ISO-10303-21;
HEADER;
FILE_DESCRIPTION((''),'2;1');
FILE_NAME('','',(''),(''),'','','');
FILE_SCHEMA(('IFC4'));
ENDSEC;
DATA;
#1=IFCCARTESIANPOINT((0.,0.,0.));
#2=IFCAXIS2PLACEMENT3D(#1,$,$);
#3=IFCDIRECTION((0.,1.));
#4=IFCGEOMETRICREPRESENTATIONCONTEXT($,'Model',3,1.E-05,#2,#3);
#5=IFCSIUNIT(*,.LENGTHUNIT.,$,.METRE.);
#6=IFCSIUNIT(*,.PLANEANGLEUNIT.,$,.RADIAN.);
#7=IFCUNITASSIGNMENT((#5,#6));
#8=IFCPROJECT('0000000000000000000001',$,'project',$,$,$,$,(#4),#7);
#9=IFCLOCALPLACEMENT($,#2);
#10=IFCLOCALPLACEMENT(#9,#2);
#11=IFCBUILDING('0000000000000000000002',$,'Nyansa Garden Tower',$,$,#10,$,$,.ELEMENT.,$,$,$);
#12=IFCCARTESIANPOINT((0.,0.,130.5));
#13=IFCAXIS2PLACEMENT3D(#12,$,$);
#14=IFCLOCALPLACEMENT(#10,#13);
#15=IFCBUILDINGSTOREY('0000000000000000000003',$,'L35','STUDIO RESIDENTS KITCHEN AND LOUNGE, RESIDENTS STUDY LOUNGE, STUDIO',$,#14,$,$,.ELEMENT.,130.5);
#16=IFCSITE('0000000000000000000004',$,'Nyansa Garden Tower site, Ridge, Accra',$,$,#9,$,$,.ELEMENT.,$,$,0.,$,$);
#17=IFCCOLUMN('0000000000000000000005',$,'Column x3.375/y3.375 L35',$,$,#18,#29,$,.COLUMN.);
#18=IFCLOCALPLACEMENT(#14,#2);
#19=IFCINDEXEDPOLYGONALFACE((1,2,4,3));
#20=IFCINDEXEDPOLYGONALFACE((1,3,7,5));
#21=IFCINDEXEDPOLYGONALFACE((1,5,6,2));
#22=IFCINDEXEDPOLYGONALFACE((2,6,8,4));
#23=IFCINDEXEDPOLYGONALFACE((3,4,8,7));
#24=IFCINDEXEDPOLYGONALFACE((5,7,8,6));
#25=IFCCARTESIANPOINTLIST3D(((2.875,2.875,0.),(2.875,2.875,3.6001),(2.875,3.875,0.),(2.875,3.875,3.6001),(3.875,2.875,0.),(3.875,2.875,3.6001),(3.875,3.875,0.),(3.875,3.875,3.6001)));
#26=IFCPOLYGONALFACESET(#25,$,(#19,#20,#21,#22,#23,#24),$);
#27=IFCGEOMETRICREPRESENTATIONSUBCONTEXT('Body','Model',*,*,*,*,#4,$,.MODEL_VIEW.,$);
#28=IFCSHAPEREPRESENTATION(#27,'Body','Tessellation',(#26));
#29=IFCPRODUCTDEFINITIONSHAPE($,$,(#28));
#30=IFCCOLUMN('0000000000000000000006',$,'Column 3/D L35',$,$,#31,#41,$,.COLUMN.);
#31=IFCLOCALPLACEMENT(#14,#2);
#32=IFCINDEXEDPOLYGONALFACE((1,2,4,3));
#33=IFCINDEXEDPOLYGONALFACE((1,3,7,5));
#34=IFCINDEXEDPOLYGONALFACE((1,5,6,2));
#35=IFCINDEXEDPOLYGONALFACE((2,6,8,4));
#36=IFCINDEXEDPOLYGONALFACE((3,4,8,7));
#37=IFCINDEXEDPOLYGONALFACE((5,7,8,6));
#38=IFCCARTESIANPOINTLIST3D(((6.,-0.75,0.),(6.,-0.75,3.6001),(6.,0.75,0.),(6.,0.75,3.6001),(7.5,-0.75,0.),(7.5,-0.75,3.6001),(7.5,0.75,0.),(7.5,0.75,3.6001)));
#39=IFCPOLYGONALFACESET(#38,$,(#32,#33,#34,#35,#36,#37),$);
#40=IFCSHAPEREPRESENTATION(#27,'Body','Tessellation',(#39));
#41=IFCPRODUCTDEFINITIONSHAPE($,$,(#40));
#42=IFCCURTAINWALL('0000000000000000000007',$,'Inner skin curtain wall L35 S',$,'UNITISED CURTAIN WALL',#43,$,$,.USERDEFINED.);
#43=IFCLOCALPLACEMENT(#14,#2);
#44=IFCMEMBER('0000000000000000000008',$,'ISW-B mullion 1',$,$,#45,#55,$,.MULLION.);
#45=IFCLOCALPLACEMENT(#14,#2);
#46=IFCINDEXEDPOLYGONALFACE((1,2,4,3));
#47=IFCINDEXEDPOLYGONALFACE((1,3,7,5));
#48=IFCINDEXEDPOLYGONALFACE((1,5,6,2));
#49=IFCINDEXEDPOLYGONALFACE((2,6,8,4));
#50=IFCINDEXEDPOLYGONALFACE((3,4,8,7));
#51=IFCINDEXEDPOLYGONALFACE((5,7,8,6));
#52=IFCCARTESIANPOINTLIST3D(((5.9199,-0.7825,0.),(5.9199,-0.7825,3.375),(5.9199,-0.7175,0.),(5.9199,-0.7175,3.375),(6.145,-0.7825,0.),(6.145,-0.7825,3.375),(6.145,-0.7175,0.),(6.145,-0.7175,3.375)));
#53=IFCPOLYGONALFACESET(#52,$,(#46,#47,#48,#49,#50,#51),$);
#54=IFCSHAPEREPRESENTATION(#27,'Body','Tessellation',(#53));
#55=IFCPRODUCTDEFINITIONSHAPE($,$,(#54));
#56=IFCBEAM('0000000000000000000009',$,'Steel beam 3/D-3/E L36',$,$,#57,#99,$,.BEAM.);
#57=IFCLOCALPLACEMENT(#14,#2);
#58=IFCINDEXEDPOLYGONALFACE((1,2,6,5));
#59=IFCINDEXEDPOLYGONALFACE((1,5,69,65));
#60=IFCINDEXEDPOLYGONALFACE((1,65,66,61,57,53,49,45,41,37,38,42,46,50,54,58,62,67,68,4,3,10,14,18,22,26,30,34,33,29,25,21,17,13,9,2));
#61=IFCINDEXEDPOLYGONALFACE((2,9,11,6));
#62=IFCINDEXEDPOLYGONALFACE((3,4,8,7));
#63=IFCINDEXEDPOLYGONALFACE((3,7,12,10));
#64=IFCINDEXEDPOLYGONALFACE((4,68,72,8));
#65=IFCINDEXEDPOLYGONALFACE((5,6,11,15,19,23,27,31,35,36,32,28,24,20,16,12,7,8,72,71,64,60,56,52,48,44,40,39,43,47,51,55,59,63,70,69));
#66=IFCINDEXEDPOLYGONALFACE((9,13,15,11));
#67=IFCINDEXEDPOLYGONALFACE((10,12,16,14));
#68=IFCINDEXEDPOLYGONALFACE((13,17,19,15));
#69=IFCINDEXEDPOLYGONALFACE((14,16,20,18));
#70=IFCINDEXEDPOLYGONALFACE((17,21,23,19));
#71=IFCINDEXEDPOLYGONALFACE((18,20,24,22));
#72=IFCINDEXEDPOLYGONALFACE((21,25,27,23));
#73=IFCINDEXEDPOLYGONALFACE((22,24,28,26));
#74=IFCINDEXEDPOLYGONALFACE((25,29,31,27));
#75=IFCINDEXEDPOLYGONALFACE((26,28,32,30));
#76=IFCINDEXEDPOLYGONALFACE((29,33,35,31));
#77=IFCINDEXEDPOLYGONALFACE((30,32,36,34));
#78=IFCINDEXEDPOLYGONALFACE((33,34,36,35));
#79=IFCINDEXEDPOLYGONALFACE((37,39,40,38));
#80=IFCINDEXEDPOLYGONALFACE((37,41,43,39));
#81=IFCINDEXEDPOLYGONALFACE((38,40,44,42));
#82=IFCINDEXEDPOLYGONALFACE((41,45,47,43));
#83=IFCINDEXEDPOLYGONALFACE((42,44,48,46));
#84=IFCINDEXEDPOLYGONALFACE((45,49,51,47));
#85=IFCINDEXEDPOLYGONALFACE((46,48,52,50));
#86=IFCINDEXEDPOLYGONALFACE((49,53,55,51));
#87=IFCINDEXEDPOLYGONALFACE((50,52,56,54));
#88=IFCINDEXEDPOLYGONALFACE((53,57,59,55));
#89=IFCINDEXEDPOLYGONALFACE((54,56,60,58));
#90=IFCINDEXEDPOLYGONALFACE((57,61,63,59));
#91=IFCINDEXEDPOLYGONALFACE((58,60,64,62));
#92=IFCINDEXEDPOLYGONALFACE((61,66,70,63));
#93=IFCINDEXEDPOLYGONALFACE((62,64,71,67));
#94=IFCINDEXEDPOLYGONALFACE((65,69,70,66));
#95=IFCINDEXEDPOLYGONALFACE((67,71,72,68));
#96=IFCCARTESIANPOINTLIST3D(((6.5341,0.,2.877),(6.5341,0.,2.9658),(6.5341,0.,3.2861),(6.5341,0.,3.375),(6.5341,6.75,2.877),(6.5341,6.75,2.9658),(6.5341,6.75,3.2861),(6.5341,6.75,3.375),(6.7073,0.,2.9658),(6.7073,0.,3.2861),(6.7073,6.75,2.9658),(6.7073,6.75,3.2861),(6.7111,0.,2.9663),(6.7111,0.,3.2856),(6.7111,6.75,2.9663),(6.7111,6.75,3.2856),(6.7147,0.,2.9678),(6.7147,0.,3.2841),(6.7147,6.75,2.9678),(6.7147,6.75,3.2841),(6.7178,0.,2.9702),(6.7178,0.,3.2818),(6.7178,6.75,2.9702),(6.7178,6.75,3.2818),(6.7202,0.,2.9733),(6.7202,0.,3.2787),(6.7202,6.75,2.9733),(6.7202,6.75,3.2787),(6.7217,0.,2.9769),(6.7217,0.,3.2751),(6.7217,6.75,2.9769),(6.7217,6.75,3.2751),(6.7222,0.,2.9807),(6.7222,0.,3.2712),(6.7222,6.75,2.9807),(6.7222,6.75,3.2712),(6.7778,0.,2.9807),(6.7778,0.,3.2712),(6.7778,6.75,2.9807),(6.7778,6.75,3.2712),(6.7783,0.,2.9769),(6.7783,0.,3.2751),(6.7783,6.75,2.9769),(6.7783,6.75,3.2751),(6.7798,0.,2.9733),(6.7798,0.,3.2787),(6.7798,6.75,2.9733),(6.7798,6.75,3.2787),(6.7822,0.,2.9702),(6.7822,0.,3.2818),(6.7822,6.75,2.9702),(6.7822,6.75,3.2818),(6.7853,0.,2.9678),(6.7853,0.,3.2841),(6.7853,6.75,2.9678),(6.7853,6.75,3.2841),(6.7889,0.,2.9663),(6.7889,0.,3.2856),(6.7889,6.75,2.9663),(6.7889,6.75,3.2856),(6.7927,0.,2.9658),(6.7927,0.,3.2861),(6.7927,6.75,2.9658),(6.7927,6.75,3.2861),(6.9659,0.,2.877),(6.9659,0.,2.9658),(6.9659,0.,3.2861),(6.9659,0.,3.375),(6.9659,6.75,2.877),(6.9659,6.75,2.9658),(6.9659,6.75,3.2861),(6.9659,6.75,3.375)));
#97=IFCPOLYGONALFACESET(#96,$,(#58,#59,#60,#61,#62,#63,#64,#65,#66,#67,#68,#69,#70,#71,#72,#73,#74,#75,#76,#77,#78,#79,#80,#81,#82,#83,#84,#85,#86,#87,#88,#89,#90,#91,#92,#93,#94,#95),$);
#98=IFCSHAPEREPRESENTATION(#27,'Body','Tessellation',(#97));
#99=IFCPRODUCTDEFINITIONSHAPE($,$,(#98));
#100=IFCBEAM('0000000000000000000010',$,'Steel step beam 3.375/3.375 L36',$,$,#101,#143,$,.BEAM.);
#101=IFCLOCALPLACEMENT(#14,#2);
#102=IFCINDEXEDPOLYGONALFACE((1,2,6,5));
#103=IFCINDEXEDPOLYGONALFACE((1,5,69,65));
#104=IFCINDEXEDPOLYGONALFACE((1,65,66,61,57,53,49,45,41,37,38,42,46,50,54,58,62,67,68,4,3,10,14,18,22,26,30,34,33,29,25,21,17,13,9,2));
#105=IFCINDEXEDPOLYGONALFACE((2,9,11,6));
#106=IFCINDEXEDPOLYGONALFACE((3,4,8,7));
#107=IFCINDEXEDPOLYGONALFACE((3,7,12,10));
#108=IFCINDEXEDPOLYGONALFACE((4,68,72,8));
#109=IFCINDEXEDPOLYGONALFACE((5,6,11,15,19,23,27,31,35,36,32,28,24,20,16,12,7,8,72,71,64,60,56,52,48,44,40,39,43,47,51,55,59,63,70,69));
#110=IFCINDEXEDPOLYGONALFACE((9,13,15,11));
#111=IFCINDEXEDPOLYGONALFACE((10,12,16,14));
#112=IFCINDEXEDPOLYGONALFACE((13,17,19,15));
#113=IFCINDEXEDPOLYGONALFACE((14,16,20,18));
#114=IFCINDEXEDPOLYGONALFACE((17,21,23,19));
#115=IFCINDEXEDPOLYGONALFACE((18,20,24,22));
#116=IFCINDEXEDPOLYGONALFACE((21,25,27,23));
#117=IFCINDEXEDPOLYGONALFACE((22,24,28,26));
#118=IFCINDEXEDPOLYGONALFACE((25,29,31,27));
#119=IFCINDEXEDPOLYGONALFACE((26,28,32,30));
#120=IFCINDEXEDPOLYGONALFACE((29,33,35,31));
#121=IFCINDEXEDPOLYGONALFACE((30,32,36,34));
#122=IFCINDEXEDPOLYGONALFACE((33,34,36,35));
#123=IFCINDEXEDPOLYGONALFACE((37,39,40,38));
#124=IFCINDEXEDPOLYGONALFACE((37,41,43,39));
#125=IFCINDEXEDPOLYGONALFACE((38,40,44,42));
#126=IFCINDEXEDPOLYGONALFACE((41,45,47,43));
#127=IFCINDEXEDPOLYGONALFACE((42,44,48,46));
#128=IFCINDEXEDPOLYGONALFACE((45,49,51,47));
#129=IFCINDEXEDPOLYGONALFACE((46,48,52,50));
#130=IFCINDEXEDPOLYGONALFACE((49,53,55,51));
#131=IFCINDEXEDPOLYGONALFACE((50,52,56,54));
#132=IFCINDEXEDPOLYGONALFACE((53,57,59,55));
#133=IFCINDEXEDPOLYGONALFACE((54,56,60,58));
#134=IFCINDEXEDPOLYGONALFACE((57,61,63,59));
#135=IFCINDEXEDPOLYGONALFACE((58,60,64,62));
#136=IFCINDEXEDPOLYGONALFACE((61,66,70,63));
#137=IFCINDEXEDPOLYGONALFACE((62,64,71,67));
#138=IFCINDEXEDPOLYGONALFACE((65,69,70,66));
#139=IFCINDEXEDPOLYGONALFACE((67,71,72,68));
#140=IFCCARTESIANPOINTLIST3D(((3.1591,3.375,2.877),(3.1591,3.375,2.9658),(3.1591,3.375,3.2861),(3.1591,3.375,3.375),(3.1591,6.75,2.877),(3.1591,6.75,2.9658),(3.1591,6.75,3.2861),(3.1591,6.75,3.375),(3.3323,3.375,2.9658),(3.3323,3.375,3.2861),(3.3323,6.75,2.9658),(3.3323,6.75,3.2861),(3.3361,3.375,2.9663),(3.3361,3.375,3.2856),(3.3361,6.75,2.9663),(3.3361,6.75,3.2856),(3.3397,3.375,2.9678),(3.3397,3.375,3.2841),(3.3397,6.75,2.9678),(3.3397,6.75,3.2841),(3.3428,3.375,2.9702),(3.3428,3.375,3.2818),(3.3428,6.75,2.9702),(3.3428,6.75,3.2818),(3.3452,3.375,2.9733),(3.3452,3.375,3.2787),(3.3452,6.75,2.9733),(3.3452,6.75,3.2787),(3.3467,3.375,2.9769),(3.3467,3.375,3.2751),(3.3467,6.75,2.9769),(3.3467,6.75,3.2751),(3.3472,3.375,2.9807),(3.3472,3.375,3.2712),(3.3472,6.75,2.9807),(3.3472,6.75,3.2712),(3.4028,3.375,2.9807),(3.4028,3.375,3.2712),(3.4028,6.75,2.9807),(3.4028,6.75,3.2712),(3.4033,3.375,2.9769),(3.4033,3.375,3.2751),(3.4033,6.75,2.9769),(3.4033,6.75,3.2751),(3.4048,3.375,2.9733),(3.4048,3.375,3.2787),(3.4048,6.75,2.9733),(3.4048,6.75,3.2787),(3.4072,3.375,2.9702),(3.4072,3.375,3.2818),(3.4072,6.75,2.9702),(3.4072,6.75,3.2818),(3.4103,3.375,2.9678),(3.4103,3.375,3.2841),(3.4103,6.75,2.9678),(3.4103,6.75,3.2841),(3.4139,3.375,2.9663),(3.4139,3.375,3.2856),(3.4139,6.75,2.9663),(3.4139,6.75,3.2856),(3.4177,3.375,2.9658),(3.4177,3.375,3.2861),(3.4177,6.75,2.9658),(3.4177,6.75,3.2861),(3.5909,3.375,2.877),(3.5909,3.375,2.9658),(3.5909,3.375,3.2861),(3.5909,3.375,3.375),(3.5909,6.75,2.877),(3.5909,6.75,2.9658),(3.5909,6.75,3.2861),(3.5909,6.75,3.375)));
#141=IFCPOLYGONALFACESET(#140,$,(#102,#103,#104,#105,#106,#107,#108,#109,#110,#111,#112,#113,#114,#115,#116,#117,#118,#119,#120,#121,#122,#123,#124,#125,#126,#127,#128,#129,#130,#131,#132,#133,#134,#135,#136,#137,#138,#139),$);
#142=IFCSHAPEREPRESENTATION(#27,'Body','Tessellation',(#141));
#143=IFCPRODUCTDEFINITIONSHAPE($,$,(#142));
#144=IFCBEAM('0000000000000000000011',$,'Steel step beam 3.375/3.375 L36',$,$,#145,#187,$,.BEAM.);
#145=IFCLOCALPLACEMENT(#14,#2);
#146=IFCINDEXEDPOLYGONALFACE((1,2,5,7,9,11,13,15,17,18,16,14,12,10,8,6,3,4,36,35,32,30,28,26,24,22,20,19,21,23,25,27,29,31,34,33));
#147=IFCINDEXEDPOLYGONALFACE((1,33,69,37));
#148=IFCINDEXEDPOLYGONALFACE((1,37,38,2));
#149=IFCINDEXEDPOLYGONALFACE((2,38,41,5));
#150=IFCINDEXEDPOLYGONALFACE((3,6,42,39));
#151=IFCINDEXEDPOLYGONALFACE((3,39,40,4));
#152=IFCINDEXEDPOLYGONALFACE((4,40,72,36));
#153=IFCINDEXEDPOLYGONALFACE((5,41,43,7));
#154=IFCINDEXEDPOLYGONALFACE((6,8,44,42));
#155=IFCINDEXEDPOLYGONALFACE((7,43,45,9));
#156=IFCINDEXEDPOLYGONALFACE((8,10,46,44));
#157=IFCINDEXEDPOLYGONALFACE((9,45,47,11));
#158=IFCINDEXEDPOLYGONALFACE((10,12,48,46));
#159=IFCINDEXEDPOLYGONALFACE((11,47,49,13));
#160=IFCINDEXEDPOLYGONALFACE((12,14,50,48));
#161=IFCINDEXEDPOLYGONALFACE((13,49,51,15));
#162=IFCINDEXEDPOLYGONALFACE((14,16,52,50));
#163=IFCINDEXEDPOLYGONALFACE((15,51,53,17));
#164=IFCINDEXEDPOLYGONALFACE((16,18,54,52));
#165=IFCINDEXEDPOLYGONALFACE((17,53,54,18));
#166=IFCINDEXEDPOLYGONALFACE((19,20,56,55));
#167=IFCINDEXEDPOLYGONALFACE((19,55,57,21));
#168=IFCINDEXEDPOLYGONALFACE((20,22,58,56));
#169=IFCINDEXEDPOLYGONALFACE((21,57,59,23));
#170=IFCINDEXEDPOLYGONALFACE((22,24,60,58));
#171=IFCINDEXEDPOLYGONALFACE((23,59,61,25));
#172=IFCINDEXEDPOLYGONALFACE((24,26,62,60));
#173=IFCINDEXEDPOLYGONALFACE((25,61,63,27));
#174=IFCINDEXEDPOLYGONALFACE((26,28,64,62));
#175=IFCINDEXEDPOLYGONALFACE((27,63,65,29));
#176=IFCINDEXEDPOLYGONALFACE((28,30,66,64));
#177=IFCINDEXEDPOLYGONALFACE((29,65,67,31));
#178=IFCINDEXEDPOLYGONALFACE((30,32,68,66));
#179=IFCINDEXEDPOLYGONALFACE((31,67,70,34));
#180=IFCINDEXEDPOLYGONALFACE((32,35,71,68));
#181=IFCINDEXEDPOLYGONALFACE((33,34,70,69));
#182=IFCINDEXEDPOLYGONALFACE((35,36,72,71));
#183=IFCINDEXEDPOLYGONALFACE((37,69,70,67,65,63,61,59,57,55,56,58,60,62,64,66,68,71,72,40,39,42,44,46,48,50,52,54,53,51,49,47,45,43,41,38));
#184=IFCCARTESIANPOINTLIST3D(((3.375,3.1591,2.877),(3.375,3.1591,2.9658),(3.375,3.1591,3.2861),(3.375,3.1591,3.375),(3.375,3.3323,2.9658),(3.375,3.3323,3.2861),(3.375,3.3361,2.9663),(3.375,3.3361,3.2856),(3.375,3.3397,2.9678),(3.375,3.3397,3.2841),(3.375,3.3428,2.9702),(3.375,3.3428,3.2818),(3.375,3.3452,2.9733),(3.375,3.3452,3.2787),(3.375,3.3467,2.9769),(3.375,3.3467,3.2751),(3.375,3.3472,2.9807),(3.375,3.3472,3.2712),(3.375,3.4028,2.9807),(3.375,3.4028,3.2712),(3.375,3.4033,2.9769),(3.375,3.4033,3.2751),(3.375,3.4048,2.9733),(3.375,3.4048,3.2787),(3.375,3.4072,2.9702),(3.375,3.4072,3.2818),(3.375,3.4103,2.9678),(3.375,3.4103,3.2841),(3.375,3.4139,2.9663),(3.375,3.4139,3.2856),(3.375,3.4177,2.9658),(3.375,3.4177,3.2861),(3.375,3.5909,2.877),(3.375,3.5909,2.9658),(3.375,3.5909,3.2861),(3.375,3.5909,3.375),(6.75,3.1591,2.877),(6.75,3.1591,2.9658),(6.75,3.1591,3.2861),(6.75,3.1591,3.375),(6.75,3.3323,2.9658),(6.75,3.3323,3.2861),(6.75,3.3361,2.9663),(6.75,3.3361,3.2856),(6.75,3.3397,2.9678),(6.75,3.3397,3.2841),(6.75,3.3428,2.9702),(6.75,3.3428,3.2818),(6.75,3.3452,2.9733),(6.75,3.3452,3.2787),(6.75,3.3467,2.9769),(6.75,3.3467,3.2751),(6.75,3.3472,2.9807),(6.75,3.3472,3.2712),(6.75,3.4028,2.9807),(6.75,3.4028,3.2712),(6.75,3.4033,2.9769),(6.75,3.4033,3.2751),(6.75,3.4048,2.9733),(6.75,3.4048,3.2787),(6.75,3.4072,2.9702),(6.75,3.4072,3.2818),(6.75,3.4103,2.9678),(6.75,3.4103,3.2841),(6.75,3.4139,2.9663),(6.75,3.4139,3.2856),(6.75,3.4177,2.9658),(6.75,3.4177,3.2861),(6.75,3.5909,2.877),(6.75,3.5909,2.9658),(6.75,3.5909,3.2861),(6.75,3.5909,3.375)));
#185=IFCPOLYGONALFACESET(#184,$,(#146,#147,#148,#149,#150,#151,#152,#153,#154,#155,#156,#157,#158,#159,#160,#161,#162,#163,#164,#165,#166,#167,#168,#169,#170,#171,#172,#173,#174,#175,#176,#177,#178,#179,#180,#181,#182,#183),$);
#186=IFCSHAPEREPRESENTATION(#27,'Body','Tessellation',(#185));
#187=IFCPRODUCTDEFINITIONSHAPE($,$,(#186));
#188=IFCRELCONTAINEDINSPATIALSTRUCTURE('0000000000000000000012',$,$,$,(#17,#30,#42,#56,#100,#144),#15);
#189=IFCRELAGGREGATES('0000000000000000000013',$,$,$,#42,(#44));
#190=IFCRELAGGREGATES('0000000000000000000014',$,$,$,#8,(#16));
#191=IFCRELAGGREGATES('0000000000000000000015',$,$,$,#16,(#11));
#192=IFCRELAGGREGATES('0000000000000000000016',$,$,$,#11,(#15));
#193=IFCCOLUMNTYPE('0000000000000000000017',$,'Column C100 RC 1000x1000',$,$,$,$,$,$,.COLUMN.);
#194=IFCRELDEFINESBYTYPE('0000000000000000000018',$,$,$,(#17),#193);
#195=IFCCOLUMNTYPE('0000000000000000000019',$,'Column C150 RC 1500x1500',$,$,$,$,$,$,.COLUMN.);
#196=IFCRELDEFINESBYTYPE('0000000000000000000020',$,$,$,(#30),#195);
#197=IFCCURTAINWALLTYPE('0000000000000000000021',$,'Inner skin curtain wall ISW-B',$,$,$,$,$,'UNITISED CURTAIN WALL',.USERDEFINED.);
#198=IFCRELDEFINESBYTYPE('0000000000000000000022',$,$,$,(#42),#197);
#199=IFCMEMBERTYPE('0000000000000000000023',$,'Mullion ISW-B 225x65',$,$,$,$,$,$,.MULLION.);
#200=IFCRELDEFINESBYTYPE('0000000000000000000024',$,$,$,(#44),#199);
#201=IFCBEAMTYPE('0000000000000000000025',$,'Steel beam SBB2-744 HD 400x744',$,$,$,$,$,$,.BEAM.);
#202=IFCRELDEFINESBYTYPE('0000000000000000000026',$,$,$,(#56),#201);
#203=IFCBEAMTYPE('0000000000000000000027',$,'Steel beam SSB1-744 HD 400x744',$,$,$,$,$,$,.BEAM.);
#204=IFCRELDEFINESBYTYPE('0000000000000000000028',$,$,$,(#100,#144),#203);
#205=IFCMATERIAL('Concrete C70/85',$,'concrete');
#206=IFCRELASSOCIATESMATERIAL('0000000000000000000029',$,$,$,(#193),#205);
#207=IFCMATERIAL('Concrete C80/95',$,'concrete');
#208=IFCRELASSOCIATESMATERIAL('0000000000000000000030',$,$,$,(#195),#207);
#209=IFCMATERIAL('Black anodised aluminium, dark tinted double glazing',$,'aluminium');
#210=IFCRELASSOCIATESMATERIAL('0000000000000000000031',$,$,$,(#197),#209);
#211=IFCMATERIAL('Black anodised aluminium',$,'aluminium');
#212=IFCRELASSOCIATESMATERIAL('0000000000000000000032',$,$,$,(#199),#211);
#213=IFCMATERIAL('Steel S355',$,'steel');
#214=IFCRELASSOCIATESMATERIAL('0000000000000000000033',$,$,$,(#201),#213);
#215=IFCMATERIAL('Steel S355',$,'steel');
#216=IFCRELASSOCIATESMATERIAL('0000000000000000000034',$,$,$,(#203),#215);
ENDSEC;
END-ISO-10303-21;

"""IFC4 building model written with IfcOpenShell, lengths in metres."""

from ifc_helpers import new_model, si_unit, direction, frame, origin, origin_2d, place, context, subcontext, project, spatial, rectangle, i_section, extrude, material, material_profile, profile_set, type_object, element, aggregate, save


model = new_model("IFC4")

# Units and contexts
model_context = context("Model", 3, precision=1e-05, world=origin(), true_north=direction((0.0, 1.0)))
body_context = subcontext(model_context, "Body", "Model", "MODEL_VIEW")
ifc_project = project(units=[si_unit("LENGTHUNIT", "METRE"), si_unit("PLANEANGLEUNIT", "RADIAN")], contexts=[model_context])

# Site, building, storey
site_placement = place(None, origin())
site = spatial("IfcSite", under=ifc_project, at=site_placement, Name="Nyansa Garden Tower site, Ridge, Accra", CompositionType="ELEMENT", RefElevation=0.0)
building_placement = place(site_placement, origin())
building = spatial("IfcBuilding", under=site, at=building_placement, Name="Nyansa Garden Tower", CompositionType="ELEMENT")
storey_placement = place(building_placement, frame((0.0, 0.0, 130.5)))
storey = spatial("IfcBuildingStorey", under=building, at=storey_placement, Name="L35", Description="STUDIO RESIDENTS KITCHEN AND LOUNGE, RESIDENTS STUDY LOUNGE, STUDIO", CompositionType="ELEMENT", Elevation=130.5)

# Columns
ifc_material_1 = material(Name="Concrete C70/85", Category="concrete")
ifc_material_profile_1 = material_profile(ifc_material_1, rectangle(XDim=1.0, YDim=1.0, at=origin_2d()), Name="RC 1000x1000")
ifc_profile_set_1 = profile_set([ifc_material_profile_1], Name="Concrete C70/85")
column_type_1 = type_object("IfcColumnType", Name="Column C100 RC 1000x1000", PredefinedType="COLUMN", material=ifc_profile_set_1)
column_1_placement = place(storey_placement, frame((3.375, 3.375, 0.0), z_axis=(0.0, 0.0, 1.0), x_axis=(1.0, 0.0, 0.0)))
element("IfcColumn", 1, at=column_1_placement, inside=storey, type_object=column_type_1, Name="Column x3.375/y3.375 L35", PredefinedType="COLUMN", context=body_context, shape_type="SweptSolid", body=[
    extrude(rectangle(XDim=1.0, YDim=1.0, at=origin_2d()), origin(), (0.0, 0.0, 1.0), 3.6001),
])
ifc_material_2 = material(Name="Concrete C80/95", Category="concrete")
ifc_material_profile_2 = material_profile(ifc_material_2, rectangle(XDim=1.5, YDim=1.5, at=origin_2d()), Name="RC 1500x1500")
ifc_profile_set_2 = profile_set([ifc_material_profile_2], Name="Concrete C80/95")
column_type_2 = type_object("IfcColumnType", Name="Column C150 RC 1500x1500", PredefinedType="COLUMN", material=ifc_profile_set_2)
column_2_placement = place(storey_placement, frame((6.75, 0.0, 0.0), z_axis=(0.0, 0.0, 1.0), x_axis=(1.0, 0.0, 0.0)))
element("IfcColumn", 2, at=column_2_placement, inside=storey, type_object=column_type_2, Name="Column 3/D L35", PredefinedType="COLUMN", context=body_context, shape_type="SweptSolid", body=[
    extrude(rectangle(XDim=1.5, YDim=1.5, at=origin_2d()), origin(), (0.0, 0.0, 1.0), 3.6001),
])

# Curtain wall, member
ifc_material_3 = material(Name="Black anodised aluminium, dark tinted double glazing", Category="aluminium")
curtain_wall_type = type_object("IfcCurtainWallType", Name="Inner skin curtain wall ISW-B", ElementType="UNITISED CURTAIN WALL", PredefinedType="USERDEFINED", material=ifc_material_3)
curtain_wall_placement = place(storey_placement, origin())
curtain_wall = element("IfcCurtainWall", 3, at=curtain_wall_placement, inside=storey, type_object=curtain_wall_type, Name="Inner skin curtain wall L35 S", ObjectType="UNITISED CURTAIN WALL", PredefinedType="USERDEFINED")
ifc_material_4 = material(Name="Black anodised aluminium", Category="aluminium")
ifc_material_profile_3 = material_profile(ifc_material_4, rectangle(XDim=0.0649, YDim=0.2251, at=origin_2d()), Name="Mullion 225x65")
ifc_profile_set_3 = profile_set([ifc_material_profile_3], Name="Black anodised aluminium")
member_type_1 = type_object("IfcMemberType", Name="Mullion ISW-B 225x65", PredefinedType="MULLION", material=ifc_profile_set_3)
member_1_placement = place(storey_placement, frame((6.0325, -0.75, 0.0), z_axis=(0.0, 0.0, 1.0), x_axis=(0.0, 1.0, 0.0)))
member_1 = element("IfcMember", 4, at=member_1_placement, type_object=member_type_1, Name="ISW-B mullion 1", PredefinedType="MULLION", context=body_context, shape_type="SweptSolid", body=[
    extrude(rectangle(XDim=0.0649, YDim=0.2251, at=origin_2d()), origin(), (0.0, 0.0, 1.0), 3.375),
])

# Beams
ifc_material_5 = material(Name="Steel S355", Category="steel")
ifc_material_profile_4 = material_profile(ifc_material_5, i_section(OverallWidth=0.4319, OverallDepth=0.498, WebThickness=0.0557, FlangeThickness=0.0889, FilletRadius=0.0149, at=origin_2d()), Name="HD 400x744")
ifc_profile_set_4 = profile_set([ifc_material_profile_4], Name="Steel S355")
beam_type_1 = type_object("IfcBeamType", Name="Steel beam SBB2-744 HD 400x744", PredefinedType="BEAM", material=ifc_profile_set_4)
beam_placement = place(storey_placement, frame((6.75, 0.0, 3.126), z_axis=(0.0, 1.0, 0.0), x_axis=(-1.0, 0.0, 0.0)))
element("IfcBeam", 5, at=beam_placement, inside=storey, type_object=beam_type_1, Name="Steel beam 3/D-3/E L36", PredefinedType="BEAM", context=body_context, shape_type="SweptSolid", body=[
    extrude(i_section(OverallWidth=0.4319, OverallDepth=0.498, WebThickness=0.0557, FlangeThickness=0.0889, FilletRadius=0.0149, at=origin_2d()), origin(), (0.0, 0.0, 1.0), 6.75),
])
ifc_material_6 = material(Name="Steel S355", Category="steel")
ifc_material_profile_5 = material_profile(ifc_material_6, i_section(OverallWidth=0.4319, OverallDepth=0.498, WebThickness=0.0557, FlangeThickness=0.0889, FilletRadius=0.0149, at=origin_2d()), Name="HD 400x744")
ifc_profile_set_5 = profile_set([ifc_material_profile_5], Name="Steel S355")
beam_type_2 = type_object("IfcBeamType", Name="Steel beam SSB1-744 HD 400x744", PredefinedType="BEAM", material=ifc_profile_set_5)
for number, where, z_axis, x_axis, name in (
    (6, (3.375, 3.375, 3.126), (0.0, 1.0, 0.0), (-1.0, 0.0, 0.0), "Steel step beam 3.375/3.375 L36"),
    (7, (3.375, 3.375, 3.126), (1.0, 0.0, 0.0), (0.0, 1.0, 0.0), "Steel step beam 3.375/3.375 L36"),
):
    element("IfcBeam", number, at=place(storey_placement, frame(where, z_axis=z_axis, x_axis=x_axis)), inside=storey, type_object=beam_type_2, Name=name, PredefinedType="BEAM", context=body_context, shape_type="SweptSolid", body=[
        extrude(i_section(OverallWidth=0.4319, OverallDepth=0.498, WebThickness=0.0557, FlangeThickness=0.0889, FilletRadius=0.0149, at=origin_2d()), origin(), (0.0, 0.0, 1.0), 3.375),
    ])

aggregate(curtain_wall, [member_1])

save(model, "model.ifc")
